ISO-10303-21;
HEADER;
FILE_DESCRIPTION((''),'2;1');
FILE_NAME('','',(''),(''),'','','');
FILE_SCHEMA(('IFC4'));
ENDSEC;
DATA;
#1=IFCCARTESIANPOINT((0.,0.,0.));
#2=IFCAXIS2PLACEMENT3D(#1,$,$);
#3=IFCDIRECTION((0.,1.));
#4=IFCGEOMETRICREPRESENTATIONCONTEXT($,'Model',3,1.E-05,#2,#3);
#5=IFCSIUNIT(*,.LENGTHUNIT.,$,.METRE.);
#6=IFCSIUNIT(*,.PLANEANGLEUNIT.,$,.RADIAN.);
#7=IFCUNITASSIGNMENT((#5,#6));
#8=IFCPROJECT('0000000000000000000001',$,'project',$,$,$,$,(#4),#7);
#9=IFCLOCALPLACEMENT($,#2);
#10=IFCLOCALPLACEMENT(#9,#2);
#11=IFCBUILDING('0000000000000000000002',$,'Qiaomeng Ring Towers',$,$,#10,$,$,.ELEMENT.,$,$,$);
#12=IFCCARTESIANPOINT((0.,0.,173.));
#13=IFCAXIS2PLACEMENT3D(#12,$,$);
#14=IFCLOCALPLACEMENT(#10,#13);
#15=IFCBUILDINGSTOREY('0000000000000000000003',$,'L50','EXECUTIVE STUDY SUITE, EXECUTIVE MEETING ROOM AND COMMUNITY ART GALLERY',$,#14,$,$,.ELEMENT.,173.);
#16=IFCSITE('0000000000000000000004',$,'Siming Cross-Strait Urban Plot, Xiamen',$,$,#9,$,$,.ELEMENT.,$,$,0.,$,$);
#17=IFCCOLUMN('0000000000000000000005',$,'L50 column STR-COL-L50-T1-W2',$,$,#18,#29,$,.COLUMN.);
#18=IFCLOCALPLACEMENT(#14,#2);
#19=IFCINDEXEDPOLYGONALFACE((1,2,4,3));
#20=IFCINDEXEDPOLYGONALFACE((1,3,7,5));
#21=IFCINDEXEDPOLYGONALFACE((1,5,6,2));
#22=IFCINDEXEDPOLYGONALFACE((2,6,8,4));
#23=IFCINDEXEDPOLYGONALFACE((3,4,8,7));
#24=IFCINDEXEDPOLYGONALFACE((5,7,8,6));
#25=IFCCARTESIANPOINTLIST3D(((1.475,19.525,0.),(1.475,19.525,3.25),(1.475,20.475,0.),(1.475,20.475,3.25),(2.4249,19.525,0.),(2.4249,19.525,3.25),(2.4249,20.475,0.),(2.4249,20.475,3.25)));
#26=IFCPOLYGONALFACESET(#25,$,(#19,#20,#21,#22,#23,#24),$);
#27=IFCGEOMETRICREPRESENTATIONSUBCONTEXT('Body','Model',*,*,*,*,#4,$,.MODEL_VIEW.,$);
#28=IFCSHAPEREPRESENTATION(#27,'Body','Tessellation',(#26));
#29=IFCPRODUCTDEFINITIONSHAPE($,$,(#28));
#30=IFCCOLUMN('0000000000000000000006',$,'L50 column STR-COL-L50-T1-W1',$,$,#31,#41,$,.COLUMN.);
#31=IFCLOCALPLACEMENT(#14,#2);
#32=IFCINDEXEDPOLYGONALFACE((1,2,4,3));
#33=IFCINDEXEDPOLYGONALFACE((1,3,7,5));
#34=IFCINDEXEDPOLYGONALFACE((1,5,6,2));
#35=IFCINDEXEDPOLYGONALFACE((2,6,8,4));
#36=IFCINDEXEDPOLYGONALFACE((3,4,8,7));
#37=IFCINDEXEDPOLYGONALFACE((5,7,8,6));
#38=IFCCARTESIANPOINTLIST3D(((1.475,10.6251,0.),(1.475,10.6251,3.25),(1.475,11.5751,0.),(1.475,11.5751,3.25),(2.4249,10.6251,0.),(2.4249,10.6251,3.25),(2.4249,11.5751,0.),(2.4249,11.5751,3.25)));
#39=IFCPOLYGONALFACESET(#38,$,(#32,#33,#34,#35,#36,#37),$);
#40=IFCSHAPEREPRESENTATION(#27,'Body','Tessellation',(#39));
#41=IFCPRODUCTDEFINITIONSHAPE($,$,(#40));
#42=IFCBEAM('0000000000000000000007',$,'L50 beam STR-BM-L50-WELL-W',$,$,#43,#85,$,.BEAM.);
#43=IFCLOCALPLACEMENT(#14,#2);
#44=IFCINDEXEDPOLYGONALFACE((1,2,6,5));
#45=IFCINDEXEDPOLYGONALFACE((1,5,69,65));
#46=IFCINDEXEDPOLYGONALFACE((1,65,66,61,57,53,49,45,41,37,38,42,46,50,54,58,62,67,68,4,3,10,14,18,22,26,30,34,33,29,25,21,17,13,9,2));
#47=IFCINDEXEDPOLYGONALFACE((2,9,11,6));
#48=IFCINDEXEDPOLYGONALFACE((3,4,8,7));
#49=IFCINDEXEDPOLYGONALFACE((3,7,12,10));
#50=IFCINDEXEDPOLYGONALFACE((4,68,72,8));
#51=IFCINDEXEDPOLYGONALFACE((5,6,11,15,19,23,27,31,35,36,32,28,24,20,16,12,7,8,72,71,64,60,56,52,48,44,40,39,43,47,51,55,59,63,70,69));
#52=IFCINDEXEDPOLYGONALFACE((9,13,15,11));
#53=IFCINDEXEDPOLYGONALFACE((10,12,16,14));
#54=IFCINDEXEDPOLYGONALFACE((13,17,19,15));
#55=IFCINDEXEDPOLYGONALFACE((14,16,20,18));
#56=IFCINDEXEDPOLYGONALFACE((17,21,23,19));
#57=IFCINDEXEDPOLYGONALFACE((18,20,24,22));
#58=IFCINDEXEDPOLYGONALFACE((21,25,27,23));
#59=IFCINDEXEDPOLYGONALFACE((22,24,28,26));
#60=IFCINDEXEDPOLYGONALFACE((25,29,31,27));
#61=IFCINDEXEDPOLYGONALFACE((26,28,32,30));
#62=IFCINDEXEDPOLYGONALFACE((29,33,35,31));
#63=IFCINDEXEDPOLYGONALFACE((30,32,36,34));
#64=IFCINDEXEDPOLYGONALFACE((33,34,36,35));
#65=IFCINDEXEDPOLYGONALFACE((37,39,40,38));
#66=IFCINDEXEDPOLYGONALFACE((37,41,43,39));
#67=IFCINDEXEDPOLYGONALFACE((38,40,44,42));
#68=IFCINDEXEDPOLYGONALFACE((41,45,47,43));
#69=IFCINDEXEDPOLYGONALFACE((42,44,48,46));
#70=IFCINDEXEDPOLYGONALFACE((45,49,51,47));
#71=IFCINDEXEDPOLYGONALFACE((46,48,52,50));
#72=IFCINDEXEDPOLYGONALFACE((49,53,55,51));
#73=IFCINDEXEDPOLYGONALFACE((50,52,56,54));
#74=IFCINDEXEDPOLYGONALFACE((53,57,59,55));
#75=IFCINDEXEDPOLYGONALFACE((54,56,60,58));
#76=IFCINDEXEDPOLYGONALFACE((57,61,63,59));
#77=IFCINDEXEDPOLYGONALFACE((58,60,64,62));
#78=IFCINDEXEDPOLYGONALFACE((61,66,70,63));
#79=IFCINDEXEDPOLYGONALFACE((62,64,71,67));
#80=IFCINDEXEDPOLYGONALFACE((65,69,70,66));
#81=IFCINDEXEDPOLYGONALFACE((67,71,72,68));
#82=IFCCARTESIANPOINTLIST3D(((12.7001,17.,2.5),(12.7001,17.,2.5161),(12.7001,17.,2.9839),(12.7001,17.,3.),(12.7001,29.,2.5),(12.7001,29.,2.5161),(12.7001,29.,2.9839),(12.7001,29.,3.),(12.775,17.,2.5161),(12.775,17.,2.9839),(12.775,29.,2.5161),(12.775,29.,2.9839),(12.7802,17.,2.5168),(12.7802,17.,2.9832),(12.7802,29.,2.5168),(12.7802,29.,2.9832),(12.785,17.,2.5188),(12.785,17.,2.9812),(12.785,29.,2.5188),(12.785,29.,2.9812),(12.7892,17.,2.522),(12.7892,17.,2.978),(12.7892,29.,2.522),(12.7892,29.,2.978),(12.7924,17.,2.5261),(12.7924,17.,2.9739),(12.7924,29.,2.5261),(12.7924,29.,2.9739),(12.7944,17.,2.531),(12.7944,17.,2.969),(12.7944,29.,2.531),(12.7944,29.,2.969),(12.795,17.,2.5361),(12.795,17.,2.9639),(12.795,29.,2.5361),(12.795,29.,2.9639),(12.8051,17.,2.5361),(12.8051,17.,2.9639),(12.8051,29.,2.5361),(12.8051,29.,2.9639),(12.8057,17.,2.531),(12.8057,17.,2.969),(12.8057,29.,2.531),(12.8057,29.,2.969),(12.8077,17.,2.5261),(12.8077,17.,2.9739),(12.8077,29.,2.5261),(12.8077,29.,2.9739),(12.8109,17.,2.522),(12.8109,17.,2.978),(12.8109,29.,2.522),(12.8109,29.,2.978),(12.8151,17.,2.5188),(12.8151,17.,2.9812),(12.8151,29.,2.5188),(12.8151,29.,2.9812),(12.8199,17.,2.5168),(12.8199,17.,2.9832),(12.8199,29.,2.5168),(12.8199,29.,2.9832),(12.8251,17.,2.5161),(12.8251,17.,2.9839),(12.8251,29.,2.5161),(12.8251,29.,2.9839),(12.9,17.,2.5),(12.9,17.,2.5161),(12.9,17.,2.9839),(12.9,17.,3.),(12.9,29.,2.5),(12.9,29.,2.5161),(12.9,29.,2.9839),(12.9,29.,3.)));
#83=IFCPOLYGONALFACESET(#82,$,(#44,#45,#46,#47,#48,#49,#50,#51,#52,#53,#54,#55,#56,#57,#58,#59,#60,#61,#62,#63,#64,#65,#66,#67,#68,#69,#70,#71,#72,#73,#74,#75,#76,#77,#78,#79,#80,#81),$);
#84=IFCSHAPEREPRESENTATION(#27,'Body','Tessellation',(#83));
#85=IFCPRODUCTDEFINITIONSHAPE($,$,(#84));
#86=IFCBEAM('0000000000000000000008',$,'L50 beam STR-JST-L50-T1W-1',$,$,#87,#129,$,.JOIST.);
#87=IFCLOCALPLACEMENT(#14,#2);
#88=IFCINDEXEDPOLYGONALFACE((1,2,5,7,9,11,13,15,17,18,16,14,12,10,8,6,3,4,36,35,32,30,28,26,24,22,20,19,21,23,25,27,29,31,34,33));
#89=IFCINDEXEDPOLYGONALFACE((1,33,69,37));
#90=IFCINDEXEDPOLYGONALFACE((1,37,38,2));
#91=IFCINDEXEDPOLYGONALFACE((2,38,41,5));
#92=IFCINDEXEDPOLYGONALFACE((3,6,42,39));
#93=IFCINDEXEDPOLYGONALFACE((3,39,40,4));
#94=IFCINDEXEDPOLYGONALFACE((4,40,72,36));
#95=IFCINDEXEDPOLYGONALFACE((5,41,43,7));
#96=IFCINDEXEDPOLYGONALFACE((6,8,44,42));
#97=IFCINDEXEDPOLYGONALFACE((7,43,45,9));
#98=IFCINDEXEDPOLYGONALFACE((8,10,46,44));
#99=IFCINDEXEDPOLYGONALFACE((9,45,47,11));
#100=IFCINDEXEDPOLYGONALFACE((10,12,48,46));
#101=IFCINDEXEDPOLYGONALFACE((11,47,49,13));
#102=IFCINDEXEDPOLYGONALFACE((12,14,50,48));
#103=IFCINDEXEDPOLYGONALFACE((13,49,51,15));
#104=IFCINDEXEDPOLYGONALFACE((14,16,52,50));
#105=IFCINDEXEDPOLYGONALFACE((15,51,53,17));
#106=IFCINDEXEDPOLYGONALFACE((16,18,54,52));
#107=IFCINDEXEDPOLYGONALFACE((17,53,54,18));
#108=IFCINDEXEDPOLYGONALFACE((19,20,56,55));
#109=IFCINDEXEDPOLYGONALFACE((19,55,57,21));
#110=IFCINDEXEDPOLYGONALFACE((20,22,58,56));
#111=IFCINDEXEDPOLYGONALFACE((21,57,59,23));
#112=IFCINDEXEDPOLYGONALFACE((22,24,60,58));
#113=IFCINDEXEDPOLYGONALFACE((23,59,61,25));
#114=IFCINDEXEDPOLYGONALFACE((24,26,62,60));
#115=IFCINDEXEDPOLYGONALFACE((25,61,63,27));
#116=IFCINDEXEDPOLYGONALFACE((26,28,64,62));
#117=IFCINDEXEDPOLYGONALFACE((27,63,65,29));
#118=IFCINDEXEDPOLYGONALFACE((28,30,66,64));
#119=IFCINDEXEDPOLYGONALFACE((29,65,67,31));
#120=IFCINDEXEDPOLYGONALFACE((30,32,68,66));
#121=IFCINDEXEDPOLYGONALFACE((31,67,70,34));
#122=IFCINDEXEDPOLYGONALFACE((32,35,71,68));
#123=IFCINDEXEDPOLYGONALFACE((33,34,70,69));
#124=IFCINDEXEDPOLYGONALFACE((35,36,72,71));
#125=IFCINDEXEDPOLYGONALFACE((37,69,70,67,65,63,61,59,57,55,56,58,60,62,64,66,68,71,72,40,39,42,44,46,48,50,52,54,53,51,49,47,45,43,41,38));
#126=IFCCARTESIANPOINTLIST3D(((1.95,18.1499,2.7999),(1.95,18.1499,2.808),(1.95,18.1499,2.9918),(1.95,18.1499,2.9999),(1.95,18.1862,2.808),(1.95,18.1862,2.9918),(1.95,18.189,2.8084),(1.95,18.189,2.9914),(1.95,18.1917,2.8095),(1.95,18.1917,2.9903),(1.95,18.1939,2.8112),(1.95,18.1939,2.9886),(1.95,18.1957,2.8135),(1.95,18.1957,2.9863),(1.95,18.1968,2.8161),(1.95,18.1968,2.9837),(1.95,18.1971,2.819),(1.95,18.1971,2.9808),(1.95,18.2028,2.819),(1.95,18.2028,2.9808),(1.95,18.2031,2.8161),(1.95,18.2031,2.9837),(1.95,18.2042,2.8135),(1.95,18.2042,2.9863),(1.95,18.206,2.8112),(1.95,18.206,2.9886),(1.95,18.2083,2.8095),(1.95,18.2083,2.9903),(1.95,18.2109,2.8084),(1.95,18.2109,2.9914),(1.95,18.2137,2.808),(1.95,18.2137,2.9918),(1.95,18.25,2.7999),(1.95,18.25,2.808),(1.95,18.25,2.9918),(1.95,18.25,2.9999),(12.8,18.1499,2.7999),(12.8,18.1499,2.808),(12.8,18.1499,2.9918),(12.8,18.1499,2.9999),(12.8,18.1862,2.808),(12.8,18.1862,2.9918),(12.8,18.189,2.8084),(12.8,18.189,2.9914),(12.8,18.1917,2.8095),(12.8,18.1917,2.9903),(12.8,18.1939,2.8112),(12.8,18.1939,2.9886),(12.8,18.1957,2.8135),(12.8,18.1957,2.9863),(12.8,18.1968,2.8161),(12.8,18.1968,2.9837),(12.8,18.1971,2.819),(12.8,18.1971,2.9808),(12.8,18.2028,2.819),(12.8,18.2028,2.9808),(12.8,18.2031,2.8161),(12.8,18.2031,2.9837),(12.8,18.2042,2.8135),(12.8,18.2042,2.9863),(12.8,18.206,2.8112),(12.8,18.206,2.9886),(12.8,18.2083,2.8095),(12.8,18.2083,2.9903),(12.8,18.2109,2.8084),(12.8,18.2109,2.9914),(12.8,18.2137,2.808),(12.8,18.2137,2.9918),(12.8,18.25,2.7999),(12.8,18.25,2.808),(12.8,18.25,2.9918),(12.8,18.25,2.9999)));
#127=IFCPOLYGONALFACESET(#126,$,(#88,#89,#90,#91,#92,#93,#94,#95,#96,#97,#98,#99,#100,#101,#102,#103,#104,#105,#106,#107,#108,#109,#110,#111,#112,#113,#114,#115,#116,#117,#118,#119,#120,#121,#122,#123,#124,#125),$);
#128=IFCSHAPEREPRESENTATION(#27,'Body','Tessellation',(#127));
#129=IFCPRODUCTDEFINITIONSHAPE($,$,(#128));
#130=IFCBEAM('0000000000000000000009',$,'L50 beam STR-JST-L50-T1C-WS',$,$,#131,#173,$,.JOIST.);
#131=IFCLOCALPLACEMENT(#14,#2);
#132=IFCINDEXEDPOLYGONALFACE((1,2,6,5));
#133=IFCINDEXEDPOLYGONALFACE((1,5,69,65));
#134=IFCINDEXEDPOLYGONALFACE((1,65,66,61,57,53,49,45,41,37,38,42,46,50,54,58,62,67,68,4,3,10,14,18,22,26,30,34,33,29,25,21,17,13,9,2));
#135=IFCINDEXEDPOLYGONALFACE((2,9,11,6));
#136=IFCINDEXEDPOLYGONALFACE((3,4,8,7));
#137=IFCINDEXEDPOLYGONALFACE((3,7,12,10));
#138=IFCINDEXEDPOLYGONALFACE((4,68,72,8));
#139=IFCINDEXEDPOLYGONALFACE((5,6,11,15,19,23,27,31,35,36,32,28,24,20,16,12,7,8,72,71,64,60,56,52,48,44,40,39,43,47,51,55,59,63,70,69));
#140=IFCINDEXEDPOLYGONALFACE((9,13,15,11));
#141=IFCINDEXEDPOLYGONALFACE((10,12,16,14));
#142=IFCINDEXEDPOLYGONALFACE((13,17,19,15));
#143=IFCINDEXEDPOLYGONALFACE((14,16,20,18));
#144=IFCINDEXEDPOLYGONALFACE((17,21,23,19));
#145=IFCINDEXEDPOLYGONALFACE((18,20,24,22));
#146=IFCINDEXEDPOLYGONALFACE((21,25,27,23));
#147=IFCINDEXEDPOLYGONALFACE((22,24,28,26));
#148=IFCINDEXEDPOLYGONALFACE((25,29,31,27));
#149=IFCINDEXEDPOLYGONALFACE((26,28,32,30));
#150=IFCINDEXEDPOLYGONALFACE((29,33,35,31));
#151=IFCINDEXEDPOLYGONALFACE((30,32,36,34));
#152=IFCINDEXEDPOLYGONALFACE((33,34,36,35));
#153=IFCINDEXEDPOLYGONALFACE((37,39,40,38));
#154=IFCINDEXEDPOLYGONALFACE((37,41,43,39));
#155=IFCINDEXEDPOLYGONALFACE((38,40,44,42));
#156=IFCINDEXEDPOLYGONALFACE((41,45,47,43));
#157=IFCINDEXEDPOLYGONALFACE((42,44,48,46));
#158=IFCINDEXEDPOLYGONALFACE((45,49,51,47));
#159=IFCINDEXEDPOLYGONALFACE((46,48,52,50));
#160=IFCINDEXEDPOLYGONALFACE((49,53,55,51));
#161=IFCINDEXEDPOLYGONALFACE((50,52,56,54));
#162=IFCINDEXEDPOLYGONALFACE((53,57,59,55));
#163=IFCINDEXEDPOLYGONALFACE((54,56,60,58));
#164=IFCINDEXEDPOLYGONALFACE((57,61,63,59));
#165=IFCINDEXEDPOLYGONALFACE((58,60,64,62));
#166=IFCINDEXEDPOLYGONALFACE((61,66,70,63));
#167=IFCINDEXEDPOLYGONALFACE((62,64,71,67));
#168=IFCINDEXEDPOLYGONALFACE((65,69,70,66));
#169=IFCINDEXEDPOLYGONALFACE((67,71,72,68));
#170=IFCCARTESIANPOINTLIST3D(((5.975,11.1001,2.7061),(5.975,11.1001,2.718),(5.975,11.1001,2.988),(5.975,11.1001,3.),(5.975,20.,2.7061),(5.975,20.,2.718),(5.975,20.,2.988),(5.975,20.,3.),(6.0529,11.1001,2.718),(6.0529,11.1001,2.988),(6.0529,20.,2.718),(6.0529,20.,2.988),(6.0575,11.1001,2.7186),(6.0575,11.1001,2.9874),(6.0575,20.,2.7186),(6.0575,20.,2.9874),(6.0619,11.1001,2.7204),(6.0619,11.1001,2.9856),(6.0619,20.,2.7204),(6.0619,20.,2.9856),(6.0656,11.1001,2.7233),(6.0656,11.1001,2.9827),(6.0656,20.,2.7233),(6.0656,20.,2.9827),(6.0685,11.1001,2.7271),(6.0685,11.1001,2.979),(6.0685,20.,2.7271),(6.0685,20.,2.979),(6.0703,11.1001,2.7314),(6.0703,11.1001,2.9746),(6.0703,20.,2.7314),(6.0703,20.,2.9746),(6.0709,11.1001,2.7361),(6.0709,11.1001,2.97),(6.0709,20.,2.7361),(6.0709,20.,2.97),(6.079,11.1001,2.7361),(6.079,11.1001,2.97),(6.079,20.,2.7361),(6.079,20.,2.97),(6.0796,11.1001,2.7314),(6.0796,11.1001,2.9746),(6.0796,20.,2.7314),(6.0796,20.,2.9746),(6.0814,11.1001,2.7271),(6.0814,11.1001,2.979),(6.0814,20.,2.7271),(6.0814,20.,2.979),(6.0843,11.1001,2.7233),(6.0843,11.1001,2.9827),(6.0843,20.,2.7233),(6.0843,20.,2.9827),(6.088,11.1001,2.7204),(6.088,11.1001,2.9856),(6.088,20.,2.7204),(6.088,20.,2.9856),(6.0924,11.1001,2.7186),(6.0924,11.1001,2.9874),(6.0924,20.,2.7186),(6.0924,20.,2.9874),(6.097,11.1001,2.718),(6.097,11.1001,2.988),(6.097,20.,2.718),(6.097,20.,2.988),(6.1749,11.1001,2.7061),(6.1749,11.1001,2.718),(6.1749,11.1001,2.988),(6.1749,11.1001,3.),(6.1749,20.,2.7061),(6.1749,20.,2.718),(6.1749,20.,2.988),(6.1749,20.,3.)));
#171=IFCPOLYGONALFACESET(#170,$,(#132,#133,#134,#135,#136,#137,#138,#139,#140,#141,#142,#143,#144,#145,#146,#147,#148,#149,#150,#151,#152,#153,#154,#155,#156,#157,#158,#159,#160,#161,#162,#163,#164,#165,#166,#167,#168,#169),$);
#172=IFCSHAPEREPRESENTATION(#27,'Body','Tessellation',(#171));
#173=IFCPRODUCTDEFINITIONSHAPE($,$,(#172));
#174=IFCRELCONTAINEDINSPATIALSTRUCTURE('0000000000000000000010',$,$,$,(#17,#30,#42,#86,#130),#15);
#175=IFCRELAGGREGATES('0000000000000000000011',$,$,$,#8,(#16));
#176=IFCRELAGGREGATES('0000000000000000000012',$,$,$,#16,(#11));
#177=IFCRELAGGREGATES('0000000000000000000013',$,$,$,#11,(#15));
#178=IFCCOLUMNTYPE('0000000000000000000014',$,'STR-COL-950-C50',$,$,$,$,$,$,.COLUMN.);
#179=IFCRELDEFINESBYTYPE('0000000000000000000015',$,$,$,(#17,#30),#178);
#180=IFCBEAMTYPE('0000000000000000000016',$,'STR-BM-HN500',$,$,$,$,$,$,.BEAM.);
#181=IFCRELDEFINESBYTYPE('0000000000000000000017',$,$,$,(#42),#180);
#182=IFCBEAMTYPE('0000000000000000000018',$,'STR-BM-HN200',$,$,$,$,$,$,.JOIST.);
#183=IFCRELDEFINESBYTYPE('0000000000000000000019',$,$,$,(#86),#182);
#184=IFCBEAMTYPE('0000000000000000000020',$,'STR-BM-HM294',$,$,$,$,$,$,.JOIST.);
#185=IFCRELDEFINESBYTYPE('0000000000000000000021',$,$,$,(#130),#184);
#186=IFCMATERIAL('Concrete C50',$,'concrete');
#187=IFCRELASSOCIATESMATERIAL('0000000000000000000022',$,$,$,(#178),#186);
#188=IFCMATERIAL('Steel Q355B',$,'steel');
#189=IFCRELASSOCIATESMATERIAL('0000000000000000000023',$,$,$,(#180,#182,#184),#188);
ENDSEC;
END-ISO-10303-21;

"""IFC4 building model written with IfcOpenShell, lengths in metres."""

from ifc_helpers import new_model, si_unit, direction, frame, origin, origin_2d, place, context, subcontext, project, spatial, rectangle, i_section, extrude, source, transform, mapped, material, material_profile, profile_set, type_object, element, save


model = new_model("IFC4")

# Units and contexts
model_context = context("Model", 3, precision=1e-05, world=origin(), true_north=direction((0.0, 1.0)))
body_context = subcontext(model_context, "Body", "Model", "MODEL_VIEW")
ifc_project = project(units=[si_unit("LENGTHUNIT", "METRE"), si_unit("PLANEANGLEUNIT", "RADIAN")], contexts=[model_context])

# Site, building, storey
site_placement = place(None, origin())
site = spatial("IfcSite", under=ifc_project, at=site_placement, Name="Siming Cross-Strait Urban Plot, Xiamen", CompositionType="ELEMENT", RefElevation=0.0)
building_placement = place(site_placement, origin())
building = spatial("IfcBuilding", under=site, at=building_placement, Name="Qiaomeng Ring Towers", CompositionType="ELEMENT")
storey_placement = place(building_placement, frame((0.0, 0.0, 173.0)))
storey = spatial("IfcBuildingStorey", under=building, at=storey_placement, Name="L50", Description="EXECUTIVE STUDY SUITE, EXECUTIVE MEETING ROOM AND COMMUNITY ART GALLERY", CompositionType="ELEMENT", Elevation=173.0)

# Columns
ifc_material_1 = material(Name="Concrete C50", Category="concrete")
ifc_material_profile_1 = material_profile(ifc_material_1, rectangle(XDim=0.95, YDim=0.95, at=origin_2d()), Name="RC COL 950x950")
ifc_profile_set_1 = profile_set([ifc_material_profile_1], Name="Concrete C50")
column_type = type_object("IfcColumnType", Name="STR-COL-950-C50", PredefinedType="COLUMN", material=ifc_profile_set_1)
shared_shape_1 = source(origin(), body_context, "Body", "SweptSolid", [
    extrude(rectangle(XDim=0.95, YDim=0.95, at=origin_2d()), origin(), (0.0, 0.0, 1.0), 3.25),
])
for number, where, z_axis, x_axis, name in (
    (1, (1.95, 20.0, 0.0), (0.0, 0.0, 1.0), (1.0, 0.0, 0.0), "L50 column STR-COL-L50-T1-W2"),
    (2, (1.95, 11.1001, 0.0), (0.0, 0.0, 1.0), (1.0, 0.0, 0.0), "L50 column STR-COL-L50-T1-W1"),
):
    element("IfcColumn", number, at=place(storey_placement, frame(where, z_axis=z_axis, x_axis=x_axis)), inside=storey, type_object=column_type, Name=name, PredefinedType="COLUMN", context=body_context, shape_type="MappedRepresentation", body=[
        mapped(shared_shape_1, transform((0.0, 0.0, 0.0), x_axis=(1.0, 0.0, 0.0), y_axis=(0.0, 1.0, 0.0), z_axis=(0.0, 0.0, 1.0), scale=1.0)),
    ])

# Beams
ifc_material_2 = material(Name="Steel Q355B", Category="steel")
ifc_material_profile_2 = material_profile(ifc_material_2, i_section(OverallWidth=0.2, OverallDepth=0.5, WebThickness=0.01, FlangeThickness=0.0161, FilletRadius=0.02, at=origin_2d()), Name="HN 500x200x10x16")
ifc_profile_set_2 = profile_set([ifc_material_profile_2], Name="Steel Q355B")
beam_type_1 = type_object("IfcBeamType", Name="STR-BM-HN500", PredefinedType="BEAM", material=ifc_profile_set_2)
shared_shape_2 = source(origin(), body_context, "Body", "SweptSolid", [
    extrude(i_section(OverallWidth=0.2, OverallDepth=0.5, WebThickness=0.01, FlangeThickness=0.0161, FilletRadius=0.02, at=origin_2d()), origin(), (0.0, 0.0, 1.0), 12.0),
])
beam_1_placement = place(storey_placement, frame((12.8, 17.0, 2.75), z_axis=(0.0, 1.0, 0.0), x_axis=(-1.0, 0.0, 0.0)))
element("IfcBeam", 3, at=beam_1_placement, inside=storey, type_object=beam_type_1, Name="L50 beam STR-BM-L50-WELL-W", PredefinedType="BEAM", context=body_context, shape_type="MappedRepresentation", body=[
    mapped(shared_shape_2, transform((0.0, 0.0, 0.0), x_axis=(1.0, 0.0, 0.0), y_axis=(0.0, 1.0, 0.0), z_axis=(0.0, 0.0, 1.0), scale=1.0)),
])
ifc_material_profile_3 = material_profile(ifc_material_2, i_section(OverallWidth=0.1001, OverallDepth=0.2, WebThickness=0.0056, FlangeThickness=0.0081, FilletRadius=0.011, at=origin_2d()), Name="HN 200x100x5.5x8")
ifc_profile_set_3 = profile_set([ifc_material_profile_3], Name="Steel Q355B")
beam_type_2 = type_object("IfcBeamType", Name="STR-BM-HN200", PredefinedType="JOIST", material=ifc_profile_set_3)
shared_shape_3 = source(origin(), body_context, "Body", "SweptSolid", [
    extrude(i_section(OverallWidth=0.1001, OverallDepth=0.2, WebThickness=0.0056, FlangeThickness=0.0081, FilletRadius=0.011, at=origin_2d()), origin(), (0.0, 0.0, 1.0), 10.8501),
])
beam_2_placement = place(storey_placement, frame((1.95, 18.2, 2.8999), z_axis=(1.0, 0.0, 0.0), x_axis=(0.0, 1.0, 0.0)))
element("IfcBeam", 4, at=beam_2_placement, inside=storey, type_object=beam_type_2, Name="L50 beam STR-JST-L50-T1W-1", PredefinedType="JOIST", context=body_context, shape_type="MappedRepresentation", body=[
    mapped(shared_shape_3, transform((0.0, 0.0, 0.0), x_axis=(1.0, 0.0, 0.0), y_axis=(0.0, 1.0, 0.0), z_axis=(0.0, 0.0, 1.0), scale=1.0)),
])
ifc_material_profile_4 = material_profile(ifc_material_2, i_section(OverallWidth=0.2, OverallDepth=0.2939, WebThickness=0.0081, FlangeThickness=0.012, FilletRadius=0.0181, at=origin_2d()), Name="HM 294x200x8x12")
ifc_profile_set_4 = profile_set([ifc_material_profile_4], Name="Steel Q355B")
beam_type_3 = type_object("IfcBeamType", Name="STR-BM-HM294", PredefinedType="JOIST", material=ifc_profile_set_4)
shared_shape_4 = source(origin(), body_context, "Body", "SweptSolid", [
    extrude(i_section(OverallWidth=0.2, OverallDepth=0.2939, WebThickness=0.0081, FlangeThickness=0.012, FilletRadius=0.0181, at=origin_2d()), origin(), (0.0, 0.0, 1.0), 8.8999),
])
beam_3_placement = place(storey_placement, frame((6.075, 11.1001, 2.853), z_axis=(0.0, 1.0, 0.0), x_axis=(-1.0, 0.0, 0.0)))
element("IfcBeam", 5, at=beam_3_placement, inside=storey, type_object=beam_type_3, Name="L50 beam STR-JST-L50-T1C-WS", PredefinedType="JOIST", context=body_context, shape_type="MappedRepresentation", body=[
    mapped(shared_shape_4, transform((0.0, 0.0, 0.0), x_axis=(1.0, 0.0, 0.0), y_axis=(0.0, 1.0, 0.0), z_axis=(0.0, 0.0, 1.0), scale=1.0)),
])

save(model, "model.ifc")
